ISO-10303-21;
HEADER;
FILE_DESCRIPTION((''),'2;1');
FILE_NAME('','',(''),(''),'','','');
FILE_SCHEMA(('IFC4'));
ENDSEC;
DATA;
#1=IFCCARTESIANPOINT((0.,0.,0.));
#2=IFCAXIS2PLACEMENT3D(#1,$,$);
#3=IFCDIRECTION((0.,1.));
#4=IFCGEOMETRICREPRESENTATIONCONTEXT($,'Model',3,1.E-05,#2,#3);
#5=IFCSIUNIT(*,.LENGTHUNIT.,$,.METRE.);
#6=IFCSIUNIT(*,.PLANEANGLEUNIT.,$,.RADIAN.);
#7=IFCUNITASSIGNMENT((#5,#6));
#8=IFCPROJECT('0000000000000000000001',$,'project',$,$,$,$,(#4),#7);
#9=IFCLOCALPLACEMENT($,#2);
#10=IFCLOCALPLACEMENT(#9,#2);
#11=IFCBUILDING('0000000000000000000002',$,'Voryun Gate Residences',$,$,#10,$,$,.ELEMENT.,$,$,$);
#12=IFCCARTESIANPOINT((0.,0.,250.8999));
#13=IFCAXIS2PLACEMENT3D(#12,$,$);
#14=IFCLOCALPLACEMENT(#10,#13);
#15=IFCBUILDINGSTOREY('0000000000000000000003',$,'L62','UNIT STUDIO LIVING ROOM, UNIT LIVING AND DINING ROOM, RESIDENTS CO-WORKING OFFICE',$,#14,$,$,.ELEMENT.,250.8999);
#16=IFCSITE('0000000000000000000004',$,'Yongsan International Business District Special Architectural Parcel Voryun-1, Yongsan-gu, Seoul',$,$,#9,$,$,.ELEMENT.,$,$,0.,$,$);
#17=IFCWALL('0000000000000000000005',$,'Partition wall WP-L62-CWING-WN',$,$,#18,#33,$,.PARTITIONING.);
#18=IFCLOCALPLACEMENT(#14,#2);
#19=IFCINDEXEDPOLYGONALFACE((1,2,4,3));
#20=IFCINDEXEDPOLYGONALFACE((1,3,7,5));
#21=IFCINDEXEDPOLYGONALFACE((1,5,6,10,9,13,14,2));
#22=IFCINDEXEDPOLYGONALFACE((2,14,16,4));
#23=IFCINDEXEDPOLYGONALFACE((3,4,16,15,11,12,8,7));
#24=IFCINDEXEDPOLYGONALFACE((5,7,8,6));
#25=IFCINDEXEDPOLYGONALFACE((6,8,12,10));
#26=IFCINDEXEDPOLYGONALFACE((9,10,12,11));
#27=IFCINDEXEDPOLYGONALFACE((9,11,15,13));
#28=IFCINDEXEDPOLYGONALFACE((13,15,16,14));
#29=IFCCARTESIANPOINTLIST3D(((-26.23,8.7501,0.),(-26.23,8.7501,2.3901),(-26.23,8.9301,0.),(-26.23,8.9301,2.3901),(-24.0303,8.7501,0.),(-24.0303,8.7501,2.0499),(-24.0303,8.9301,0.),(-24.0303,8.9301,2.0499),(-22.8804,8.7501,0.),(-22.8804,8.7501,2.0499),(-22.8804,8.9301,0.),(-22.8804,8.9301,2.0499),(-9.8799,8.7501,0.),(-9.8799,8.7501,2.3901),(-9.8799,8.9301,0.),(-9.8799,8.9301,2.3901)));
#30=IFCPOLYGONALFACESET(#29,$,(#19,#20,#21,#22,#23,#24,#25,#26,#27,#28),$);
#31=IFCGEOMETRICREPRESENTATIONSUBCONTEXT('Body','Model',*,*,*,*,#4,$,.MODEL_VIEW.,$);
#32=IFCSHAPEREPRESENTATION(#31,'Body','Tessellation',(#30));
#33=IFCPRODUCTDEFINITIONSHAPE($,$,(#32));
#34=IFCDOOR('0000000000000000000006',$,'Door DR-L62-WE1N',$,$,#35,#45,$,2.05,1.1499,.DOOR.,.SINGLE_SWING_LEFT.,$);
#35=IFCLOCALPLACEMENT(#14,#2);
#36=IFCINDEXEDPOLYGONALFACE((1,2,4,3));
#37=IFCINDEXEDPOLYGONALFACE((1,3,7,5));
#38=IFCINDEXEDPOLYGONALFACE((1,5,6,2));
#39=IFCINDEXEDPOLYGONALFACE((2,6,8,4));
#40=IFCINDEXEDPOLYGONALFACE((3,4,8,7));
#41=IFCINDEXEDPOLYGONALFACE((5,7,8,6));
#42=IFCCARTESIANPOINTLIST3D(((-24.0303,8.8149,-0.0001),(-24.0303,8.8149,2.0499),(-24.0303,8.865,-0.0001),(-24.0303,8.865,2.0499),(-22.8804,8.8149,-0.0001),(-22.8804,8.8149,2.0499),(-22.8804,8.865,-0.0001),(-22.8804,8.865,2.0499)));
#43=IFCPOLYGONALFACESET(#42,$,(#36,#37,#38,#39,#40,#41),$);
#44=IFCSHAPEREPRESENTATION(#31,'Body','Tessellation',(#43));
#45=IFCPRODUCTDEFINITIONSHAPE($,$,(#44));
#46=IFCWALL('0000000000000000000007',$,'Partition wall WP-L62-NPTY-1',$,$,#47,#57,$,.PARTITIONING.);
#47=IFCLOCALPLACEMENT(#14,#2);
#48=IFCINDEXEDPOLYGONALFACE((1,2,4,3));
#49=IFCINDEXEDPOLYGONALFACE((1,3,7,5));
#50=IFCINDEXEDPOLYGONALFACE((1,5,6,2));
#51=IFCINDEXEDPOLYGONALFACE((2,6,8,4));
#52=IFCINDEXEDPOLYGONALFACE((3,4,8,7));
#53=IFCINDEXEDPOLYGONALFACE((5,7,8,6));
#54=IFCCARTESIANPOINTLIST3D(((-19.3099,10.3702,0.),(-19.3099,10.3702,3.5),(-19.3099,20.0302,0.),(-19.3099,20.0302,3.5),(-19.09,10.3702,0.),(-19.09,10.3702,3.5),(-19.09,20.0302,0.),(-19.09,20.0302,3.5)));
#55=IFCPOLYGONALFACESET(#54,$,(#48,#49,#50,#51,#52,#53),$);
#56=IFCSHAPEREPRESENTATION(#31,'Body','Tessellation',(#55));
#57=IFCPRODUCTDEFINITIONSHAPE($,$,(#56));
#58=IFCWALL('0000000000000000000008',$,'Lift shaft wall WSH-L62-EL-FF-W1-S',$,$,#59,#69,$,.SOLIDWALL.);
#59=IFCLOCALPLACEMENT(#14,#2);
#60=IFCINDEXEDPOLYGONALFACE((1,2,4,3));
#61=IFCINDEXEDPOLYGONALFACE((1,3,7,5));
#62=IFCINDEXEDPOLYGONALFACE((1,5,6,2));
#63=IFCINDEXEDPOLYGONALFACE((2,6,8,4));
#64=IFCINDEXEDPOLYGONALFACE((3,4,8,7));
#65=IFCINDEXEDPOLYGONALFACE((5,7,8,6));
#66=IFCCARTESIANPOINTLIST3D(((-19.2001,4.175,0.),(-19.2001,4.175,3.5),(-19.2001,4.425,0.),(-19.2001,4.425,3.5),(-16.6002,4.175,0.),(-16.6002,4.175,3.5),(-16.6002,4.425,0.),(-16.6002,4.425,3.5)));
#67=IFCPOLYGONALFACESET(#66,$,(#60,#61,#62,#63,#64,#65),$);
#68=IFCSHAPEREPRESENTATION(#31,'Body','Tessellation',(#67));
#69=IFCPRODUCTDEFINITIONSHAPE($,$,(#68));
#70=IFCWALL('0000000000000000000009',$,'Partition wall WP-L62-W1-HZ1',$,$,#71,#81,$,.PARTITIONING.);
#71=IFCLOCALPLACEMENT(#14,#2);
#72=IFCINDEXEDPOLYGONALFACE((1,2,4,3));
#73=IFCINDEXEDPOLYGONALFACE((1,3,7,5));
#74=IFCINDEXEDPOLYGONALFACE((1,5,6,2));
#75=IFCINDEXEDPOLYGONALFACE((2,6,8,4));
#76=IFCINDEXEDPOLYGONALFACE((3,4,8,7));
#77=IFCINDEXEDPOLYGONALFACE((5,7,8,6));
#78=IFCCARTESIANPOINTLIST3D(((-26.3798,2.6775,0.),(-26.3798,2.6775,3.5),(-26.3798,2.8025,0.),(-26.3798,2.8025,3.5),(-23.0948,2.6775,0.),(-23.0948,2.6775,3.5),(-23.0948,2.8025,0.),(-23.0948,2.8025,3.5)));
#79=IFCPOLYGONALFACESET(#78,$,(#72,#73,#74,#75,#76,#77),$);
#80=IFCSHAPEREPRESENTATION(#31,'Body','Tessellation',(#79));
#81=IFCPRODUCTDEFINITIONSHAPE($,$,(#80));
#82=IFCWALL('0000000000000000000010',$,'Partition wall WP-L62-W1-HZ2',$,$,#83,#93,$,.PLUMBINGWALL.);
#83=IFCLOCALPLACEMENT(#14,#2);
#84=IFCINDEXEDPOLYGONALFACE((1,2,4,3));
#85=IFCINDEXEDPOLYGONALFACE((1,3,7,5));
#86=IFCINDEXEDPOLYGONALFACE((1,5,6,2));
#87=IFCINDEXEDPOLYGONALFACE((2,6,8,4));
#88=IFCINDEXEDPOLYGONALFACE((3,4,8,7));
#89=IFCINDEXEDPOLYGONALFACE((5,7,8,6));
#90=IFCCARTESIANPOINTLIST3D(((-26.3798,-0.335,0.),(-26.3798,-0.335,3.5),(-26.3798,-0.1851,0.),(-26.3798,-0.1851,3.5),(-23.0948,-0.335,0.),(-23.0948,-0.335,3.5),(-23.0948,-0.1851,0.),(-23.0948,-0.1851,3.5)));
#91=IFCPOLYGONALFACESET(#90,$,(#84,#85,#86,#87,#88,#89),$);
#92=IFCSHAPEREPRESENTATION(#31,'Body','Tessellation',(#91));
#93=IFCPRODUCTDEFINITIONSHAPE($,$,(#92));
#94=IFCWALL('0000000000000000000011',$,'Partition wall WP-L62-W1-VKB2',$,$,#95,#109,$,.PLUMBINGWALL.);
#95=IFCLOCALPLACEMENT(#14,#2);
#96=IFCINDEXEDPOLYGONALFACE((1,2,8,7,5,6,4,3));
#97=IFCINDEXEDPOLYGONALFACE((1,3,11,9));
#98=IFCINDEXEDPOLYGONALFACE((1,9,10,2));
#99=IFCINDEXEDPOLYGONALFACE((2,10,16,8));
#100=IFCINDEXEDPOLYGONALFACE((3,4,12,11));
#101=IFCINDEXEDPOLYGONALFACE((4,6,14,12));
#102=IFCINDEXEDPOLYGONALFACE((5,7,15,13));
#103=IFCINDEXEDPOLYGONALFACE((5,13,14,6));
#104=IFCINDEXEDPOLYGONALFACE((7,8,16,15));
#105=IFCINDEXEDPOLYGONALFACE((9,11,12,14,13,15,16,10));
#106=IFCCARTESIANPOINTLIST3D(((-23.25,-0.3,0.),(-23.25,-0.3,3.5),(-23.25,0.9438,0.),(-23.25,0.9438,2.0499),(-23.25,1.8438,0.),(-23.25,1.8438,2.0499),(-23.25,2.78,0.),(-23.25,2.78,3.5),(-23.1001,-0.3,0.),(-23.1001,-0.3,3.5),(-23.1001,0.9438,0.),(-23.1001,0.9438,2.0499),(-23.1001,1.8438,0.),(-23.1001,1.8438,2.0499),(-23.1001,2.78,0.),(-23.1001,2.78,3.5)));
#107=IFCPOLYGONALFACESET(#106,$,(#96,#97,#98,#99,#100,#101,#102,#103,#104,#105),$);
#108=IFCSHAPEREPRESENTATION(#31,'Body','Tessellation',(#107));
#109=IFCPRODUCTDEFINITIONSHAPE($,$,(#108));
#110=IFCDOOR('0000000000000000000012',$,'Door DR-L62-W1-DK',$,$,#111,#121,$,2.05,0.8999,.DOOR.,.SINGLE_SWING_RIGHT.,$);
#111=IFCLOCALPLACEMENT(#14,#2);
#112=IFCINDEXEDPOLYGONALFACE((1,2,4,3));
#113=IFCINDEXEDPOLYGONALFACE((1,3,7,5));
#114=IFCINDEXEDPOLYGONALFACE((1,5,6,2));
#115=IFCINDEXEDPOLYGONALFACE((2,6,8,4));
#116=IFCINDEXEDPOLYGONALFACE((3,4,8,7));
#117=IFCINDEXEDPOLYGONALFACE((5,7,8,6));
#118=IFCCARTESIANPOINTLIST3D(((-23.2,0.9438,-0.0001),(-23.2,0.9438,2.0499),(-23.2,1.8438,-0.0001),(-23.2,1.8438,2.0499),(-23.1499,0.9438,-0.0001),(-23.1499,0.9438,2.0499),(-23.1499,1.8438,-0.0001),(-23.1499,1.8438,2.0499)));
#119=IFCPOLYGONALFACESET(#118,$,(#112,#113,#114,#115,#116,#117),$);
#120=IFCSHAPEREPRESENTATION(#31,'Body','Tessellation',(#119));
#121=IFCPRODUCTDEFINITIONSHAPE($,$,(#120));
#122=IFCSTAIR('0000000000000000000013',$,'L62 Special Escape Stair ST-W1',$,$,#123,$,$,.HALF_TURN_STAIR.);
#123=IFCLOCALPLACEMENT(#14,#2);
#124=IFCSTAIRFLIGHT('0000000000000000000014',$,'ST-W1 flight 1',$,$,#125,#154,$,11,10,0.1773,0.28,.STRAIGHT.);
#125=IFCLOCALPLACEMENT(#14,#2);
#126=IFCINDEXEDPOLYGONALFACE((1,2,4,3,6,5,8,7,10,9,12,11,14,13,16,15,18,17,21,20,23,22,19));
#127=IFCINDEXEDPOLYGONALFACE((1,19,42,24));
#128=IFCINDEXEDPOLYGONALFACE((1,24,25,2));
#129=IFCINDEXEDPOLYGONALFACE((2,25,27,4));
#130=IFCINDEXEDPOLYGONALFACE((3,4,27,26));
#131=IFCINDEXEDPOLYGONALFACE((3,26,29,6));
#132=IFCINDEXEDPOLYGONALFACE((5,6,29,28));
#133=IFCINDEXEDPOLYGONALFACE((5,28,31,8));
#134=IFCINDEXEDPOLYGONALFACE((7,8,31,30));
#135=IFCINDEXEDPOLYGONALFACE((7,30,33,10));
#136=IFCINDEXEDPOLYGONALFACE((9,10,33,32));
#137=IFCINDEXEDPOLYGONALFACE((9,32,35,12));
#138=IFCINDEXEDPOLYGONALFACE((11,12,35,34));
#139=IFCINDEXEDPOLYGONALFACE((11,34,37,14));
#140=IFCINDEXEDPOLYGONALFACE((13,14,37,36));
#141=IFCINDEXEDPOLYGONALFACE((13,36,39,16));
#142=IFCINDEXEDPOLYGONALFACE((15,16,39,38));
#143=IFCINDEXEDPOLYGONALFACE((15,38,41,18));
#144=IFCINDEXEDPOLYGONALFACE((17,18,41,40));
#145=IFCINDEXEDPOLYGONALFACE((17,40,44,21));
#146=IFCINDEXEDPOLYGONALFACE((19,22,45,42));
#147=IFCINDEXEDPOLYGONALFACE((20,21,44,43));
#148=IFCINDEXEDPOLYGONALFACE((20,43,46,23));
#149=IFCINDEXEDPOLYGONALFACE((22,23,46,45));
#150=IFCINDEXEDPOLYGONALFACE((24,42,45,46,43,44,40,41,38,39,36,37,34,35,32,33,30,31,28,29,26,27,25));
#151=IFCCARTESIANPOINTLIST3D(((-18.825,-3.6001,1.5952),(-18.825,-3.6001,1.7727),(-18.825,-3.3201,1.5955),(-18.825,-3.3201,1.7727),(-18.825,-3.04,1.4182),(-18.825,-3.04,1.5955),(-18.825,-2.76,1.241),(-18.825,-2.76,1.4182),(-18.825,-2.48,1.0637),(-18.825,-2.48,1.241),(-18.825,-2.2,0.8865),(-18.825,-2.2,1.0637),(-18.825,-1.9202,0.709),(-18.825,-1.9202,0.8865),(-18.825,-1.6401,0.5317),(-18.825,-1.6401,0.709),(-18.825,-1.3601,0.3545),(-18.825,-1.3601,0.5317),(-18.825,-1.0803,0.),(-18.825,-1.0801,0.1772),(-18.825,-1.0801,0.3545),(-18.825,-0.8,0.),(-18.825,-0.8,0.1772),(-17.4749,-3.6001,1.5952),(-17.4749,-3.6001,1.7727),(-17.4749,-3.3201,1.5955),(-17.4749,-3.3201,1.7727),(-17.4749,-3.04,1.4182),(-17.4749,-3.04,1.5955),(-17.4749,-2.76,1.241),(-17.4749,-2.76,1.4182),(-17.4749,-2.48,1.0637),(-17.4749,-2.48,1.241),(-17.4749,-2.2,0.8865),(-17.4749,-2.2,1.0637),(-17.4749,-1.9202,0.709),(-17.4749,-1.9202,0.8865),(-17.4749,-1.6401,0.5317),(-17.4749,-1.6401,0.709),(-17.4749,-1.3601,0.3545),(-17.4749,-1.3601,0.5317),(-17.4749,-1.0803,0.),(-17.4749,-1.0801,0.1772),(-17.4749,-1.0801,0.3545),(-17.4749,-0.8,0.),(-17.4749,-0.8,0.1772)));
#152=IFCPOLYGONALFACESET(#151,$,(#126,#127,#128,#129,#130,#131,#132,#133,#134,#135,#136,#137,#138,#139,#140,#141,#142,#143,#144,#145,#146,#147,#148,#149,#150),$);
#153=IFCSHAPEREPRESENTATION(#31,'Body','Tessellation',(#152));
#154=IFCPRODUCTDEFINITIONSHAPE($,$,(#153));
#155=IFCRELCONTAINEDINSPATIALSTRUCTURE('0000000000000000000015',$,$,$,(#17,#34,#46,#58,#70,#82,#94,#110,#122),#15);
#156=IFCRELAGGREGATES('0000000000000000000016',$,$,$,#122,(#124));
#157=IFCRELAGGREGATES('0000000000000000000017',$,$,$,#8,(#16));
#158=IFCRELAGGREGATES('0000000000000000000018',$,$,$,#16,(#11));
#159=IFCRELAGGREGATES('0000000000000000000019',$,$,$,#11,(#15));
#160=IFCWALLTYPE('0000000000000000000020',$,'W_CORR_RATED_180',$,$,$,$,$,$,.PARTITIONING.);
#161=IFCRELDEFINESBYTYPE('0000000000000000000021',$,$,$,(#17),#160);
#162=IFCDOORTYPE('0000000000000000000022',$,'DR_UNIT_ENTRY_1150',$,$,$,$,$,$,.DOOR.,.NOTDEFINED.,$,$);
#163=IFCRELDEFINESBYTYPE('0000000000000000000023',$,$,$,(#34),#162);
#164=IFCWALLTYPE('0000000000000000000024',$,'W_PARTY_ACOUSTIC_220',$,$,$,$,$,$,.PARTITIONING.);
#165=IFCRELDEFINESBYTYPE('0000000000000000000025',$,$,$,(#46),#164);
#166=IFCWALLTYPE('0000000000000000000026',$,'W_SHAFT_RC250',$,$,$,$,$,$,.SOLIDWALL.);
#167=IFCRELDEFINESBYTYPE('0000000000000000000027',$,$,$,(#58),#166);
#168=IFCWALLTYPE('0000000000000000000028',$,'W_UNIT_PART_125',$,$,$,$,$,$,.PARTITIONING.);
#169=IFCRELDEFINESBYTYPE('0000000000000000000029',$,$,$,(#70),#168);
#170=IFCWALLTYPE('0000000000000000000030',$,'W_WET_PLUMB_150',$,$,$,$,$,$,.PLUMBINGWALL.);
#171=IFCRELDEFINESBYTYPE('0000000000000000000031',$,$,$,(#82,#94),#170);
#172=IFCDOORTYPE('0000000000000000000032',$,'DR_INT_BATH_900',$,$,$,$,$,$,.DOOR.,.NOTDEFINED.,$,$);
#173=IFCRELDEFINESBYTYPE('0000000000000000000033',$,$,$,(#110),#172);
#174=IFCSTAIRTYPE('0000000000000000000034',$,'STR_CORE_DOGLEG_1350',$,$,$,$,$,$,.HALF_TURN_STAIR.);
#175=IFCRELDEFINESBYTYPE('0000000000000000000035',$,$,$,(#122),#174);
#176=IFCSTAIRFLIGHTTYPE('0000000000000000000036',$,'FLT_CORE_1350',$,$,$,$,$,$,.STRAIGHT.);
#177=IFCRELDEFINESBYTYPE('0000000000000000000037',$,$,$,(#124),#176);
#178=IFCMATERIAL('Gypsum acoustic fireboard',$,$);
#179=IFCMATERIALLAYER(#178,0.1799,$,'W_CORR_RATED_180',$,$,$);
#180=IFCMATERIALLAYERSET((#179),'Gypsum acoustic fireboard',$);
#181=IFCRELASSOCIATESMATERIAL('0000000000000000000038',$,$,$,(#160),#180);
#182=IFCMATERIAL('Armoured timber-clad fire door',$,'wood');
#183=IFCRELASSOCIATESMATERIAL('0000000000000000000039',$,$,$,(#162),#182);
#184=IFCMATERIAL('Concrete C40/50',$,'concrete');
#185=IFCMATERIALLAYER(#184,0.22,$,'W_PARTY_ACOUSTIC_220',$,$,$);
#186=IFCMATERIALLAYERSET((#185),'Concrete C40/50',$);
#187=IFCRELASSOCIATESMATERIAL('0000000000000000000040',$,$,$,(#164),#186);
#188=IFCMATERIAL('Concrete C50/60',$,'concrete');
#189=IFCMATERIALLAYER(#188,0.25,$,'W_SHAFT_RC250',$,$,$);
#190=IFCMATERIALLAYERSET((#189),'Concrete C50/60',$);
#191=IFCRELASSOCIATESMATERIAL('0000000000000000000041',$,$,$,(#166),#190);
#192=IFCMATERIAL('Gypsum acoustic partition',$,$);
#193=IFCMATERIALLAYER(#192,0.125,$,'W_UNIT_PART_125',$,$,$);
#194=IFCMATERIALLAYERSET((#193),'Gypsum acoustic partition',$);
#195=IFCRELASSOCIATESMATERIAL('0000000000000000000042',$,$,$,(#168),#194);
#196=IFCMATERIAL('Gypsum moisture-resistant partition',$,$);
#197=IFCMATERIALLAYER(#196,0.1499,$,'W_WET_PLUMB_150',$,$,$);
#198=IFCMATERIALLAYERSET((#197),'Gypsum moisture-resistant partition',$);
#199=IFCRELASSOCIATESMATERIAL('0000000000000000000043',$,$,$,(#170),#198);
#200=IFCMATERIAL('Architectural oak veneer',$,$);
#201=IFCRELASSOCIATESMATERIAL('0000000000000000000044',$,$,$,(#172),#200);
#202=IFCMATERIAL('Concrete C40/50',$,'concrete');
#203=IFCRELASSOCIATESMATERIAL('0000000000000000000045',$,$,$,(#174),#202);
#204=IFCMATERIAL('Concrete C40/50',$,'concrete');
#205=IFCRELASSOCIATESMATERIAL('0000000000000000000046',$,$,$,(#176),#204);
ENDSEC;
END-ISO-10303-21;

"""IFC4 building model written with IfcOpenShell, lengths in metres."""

from ifc_helpers import new_model, si_unit, direction, frame, frame_2d, origin, place, context, subcontext, project, spatial, polyline, rectangle, outline, extrude, material, layer, layer_set, type_object, element, fill, aggregate, save


model = new_model("IFC4")

# Units and contexts
model_context = context("Model", 3, precision=1e-05, world=origin(), true_north=direction((0.0, 1.0)))
body_context = subcontext(model_context, "Body", "Model", "MODEL_VIEW")
ifc_project = project(units=[si_unit("LENGTHUNIT", "METRE"), si_unit("PLANEANGLEUNIT", "RADIAN")], contexts=[model_context])

# Site, building, storey
site_placement = place(None, origin())
site = spatial("IfcSite", under=ifc_project, at=site_placement, Name="Yongsan International Business District Special Architectural Parcel Voryun-1, Yongsan-gu, Seoul", CompositionType="ELEMENT", RefElevation=0.0)
building_placement = place(site_placement, origin())
building = spatial("IfcBuilding", under=site, at=building_placement, Name="Voryun Gate Residences", CompositionType="ELEMENT")
storey_placement = place(building_placement, frame((0.0, 0.0, 250.8999)))
storey = spatial("IfcBuildingStorey", under=building, at=storey_placement, Name="L62", Description="UNIT STUDIO LIVING ROOM, UNIT LIVING AND DINING ROOM, RESIDENTS CO-WORKING OFFICE", CompositionType="ELEMENT", Elevation=250.8999)

# Wall, opening, door
ifc_material_1 = material(Name="Gypsum acoustic fireboard")
ifc_layer_1 = layer(ifc_material_1, 0.1799, Name="W_CORR_RATED_180")
ifc_layer_set_1 = layer_set([ifc_layer_1], Name="Gypsum acoustic fireboard")
wall_type_1 = type_object("IfcWallType", Name="W_CORR_RATED_180", PredefinedType="PARTITIONING", material=ifc_layer_set_1)
wall_1_placement = place(storey_placement, frame((-26.23, 8.8401, 0.0), z_axis=(0.0, 0.0, 1.0), x_axis=(1.0, 0.0, 0.0)))
wall_1 = element("IfcWall", 1, at=wall_1_placement, inside=storey, type_object=wall_type_1, Name="Partition wall WP-L62-CWING-WN", PredefinedType="PARTITIONING", context=body_context, shape_type="SweptSolid", body=[
    extrude(rectangle(XDim=16.3501, YDim=0.1799, at=frame_2d((8.175, 0.0))), origin(), (0.0, 0.0, 1.0), 2.3901),
])
opening_1_placement = place(wall_1_placement, frame((2.1997, 0.0, 0.0)))
opening_1 = element("IfcOpeningElement", 2, at=opening_1_placement, cuts=wall_1, PredefinedType="OPENING", context=body_context, shape_type="SweptSolid", body=[
    extrude(rectangle(XDim=1.1499, YDim=2.05, at=frame_2d((0.575, 1.0249))), frame((0.0, 0.0999, 0.0), z_axis=(0.0, -1.0, 0.0), x_axis=(1.0, 0.0, 0.0)), (0.0, 0.0, 1.0), 0.2),
])
ifc_material_2 = material(Name="Armoured timber-clad fire door", Category="wood")
door_type_1 = type_object("IfcDoorType", Name="DR_UNIT_ENTRY_1150", OperationType="NOTDEFINED", PredefinedType="DOOR", material=ifc_material_2)
door_1_placement = place(opening_1_placement, origin())
door_1 = element("IfcDoor", 3, at=door_1_placement, inside=storey, type_object=door_type_1, Name="Door DR-L62-WE1N", OperationType="SINGLE_SWING_LEFT", OverallHeight=2.05, OverallWidth=1.1499, PredefinedType="DOOR", context=body_context, shape_type="SweptSolid", body=[
    extrude(rectangle(XDim=1.1499, YDim=2.05, at=frame_2d((0.575, 1.0249))), frame((0.0, 0.0249, 0.0), z_axis=(0.0, -1.0, 0.0), x_axis=(1.0, 0.0, 0.0)), (0.0, 0.0, 1.0), 0.05),
])
fill(opening_1, door_1)

# Walls
ifc_material_3 = material(Name="Concrete C40/50", Category="concrete")
ifc_layer_2 = layer(ifc_material_3, 0.22, Name="W_PARTY_ACOUSTIC_220")
ifc_layer_set_2 = layer_set([ifc_layer_2], Name="Concrete C40/50")
wall_type_2 = type_object("IfcWallType", Name="W_PARTY_ACOUSTIC_220", PredefinedType="PARTITIONING", material=ifc_layer_set_2)
wall_2_placement = place(storey_placement, frame((-19.2, 10.3701, 0.0), z_axis=(0.0, 0.0, 1.0), x_axis=(0.0, 1.0, 0.0)))
element("IfcWall", 4, at=wall_2_placement, inside=storey, type_object=wall_type_2, Name="Partition wall WP-L62-NPTY-1", PredefinedType="PARTITIONING", context=body_context, shape_type="SweptSolid", body=[
    extrude(rectangle(XDim=9.6599, YDim=0.22, at=frame_2d((4.8301, 0.0))), origin(), (0.0, 0.0, 1.0), 3.5),
])
ifc_material_4 = material(Name="Concrete C50/60", Category="concrete")
ifc_layer_3 = layer(ifc_material_4, 0.25, Name="W_SHAFT_RC250")
ifc_layer_set_3 = layer_set([ifc_layer_3], Name="Concrete C50/60")
wall_type_3 = type_object("IfcWallType", Name="W_SHAFT_RC250", PredefinedType="SOLIDWALL", material=ifc_layer_set_3)
wall_3_placement = place(storey_placement, frame((-19.2, 4.3, 0.0), z_axis=(0.0, 0.0, 1.0), x_axis=(1.0, 0.0, 0.0)))
element("IfcWall", 5, at=wall_3_placement, inside=storey, type_object=wall_type_3, Name="Lift shaft wall WSH-L62-EL-FF-W1-S", PredefinedType="SOLIDWALL", context=body_context, shape_type="SweptSolid", body=[
    extrude(rectangle(XDim=2.5999, YDim=0.25, at=frame_2d((1.2998, 0.0))), origin(), (0.0, 0.0, 1.0), 3.5),
])
ifc_material_5 = material(Name="Gypsum acoustic partition")
ifc_layer_4 = layer(ifc_material_5, 0.125, Name="W_UNIT_PART_125")
ifc_layer_set_4 = layer_set([ifc_layer_4], Name="Gypsum acoustic partition")
wall_type_4 = type_object("IfcWallType", Name="W_UNIT_PART_125", PredefinedType="PARTITIONING", material=ifc_layer_set_4)
wall_4_placement = place(storey_placement, frame((-26.3799, 2.74, 0.0), z_axis=(0.0, 0.0, 1.0), x_axis=(1.0, 0.0, 0.0)))
element("IfcWall", 6, at=wall_4_placement, inside=storey, type_object=wall_type_4, Name="Partition wall WP-L62-W1-HZ1", PredefinedType="PARTITIONING", context=body_context, shape_type="SweptSolid", body=[
    extrude(rectangle(XDim=3.2849, YDim=0.125, at=frame_2d((1.6426, 0.0))), origin(), (0.0, 0.0, 1.0), 3.5),
])
ifc_material_6 = material(Name="Gypsum moisture-resistant partition")
ifc_layer_5 = layer(ifc_material_6, 0.1499, Name="W_WET_PLUMB_150")
ifc_layer_set_5 = layer_set([ifc_layer_5], Name="Gypsum moisture-resistant partition")
wall_type_5 = type_object("IfcWallType", Name="W_WET_PLUMB_150", PredefinedType="PLUMBINGWALL", material=ifc_layer_set_5)
wall_5_placement = place(storey_placement, frame((-26.3799, -0.26, 0.0), z_axis=(0.0, 0.0, 1.0), x_axis=(1.0, 0.0, 0.0)))
element("IfcWall", 7, at=wall_5_placement, inside=storey, type_object=wall_type_5, Name="Partition wall WP-L62-W1-HZ2", PredefinedType="PLUMBINGWALL", context=body_context, shape_type="SweptSolid", body=[
    extrude(rectangle(XDim=3.2849, YDim=0.1499, at=frame_2d((1.6426, 0.0))), origin(), (0.0, 0.0, 1.0), 3.5),
])

# Wall, opening, door
wall_6_placement = place(storey_placement, frame((-23.175, -0.3, 0.0), z_axis=(0.0, 0.0, 1.0), x_axis=(0.0, 1.0, 0.0)))
wall_6 = element("IfcWall", 8, at=wall_6_placement, inside=storey, type_object=wall_type_5, Name="Partition wall WP-L62-W1-VKB2", PredefinedType="PLUMBINGWALL", context=body_context, shape_type="SweptSolid", body=[
    extrude(rectangle(XDim=3.0801, YDim=0.1499, at=frame_2d((1.54, 0.0))), origin(), (0.0, 0.0, 1.0), 3.5),
])
opening_2_placement = place(wall_6_placement, frame((1.2439, 0.0, 0.0)))
opening_2 = element("IfcOpeningElement", 9, at=opening_2_placement, cuts=wall_6, PredefinedType="OPENING", context=body_context, shape_type="SweptSolid", body=[
    extrude(rectangle(XDim=0.8999, YDim=2.05, at=frame_2d((0.45, 1.0249))), frame((0.0, 0.085, 0.0), z_axis=(0.0, -1.0, 0.0), x_axis=(1.0, 0.0, 0.0)), (0.0, 0.0, 1.0), 0.1699),
])
ifc_material_7 = material(Name="Architectural oak veneer")
door_type_2 = type_object("IfcDoorType", Name="DR_INT_BATH_900", OperationType="NOTDEFINED", PredefinedType="DOOR", material=ifc_material_7)
door_2_placement = place(opening_2_placement, origin())
door_2 = element("IfcDoor", 10, at=door_2_placement, inside=storey, type_object=door_type_2, Name="Door DR-L62-W1-DK", OperationType="SINGLE_SWING_RIGHT", OverallHeight=2.05, OverallWidth=0.8999, PredefinedType="DOOR", context=body_context, shape_type="SweptSolid", body=[
    extrude(rectangle(XDim=0.8999, YDim=2.05, at=frame_2d((0.45, 1.0249))), frame((0.0, 0.0249, 0.0), z_axis=(0.0, -1.0, 0.0), x_axis=(1.0, 0.0, 0.0)), (0.0, 0.0, 1.0), 0.05),
])
fill(opening_2, door_2)

# Stair, stair flight
ifc_material_8 = material(Name="Concrete C40/50", Category="concrete")
stair_type = type_object("IfcStairType", Name="STR_CORE_DOGLEG_1350", PredefinedType="HALF_TURN_STAIR", material=ifc_material_8)
stair_placement = place(storey_placement, origin())
stair = element("IfcStair", 11, at=stair_placement, inside=storey, type_object=stair_type, Name="L62 Special Escape Stair ST-W1", PredefinedType="HALF_TURN_STAIR")
ifc_material_9 = material(Name="Concrete C40/50", Category="concrete")
stair_flight_type = type_object("IfcStairFlightType", Name="FLT_CORE_1350", PredefinedType="STRAIGHT", material=ifc_material_9)
stair_flight_placement = place(storey_placement, frame((-18.1499, -0.8, 0.0), z_axis=(0.0, 0.0, 1.0), x_axis=(0.0, -1.0, 0.0)))
stair_flight = element("IfcStairFlight", 12, at=stair_flight_placement, type_object=stair_flight_type, Name="ST-W1 flight 1", NumberOfRisers=11, NumberOfTreads=10, PredefinedType="STRAIGHT", RiserHeight=0.1773, TreadLength=0.28, context=body_context, shape_type="SweptSolid", body=[
    extrude(outline(polyline([(0.0, 0.0), (0.0, 0.1772), (0.28, 0.1772), (0.28, 0.3545), (0.5601, 0.3545), (0.5601, 0.5317), (0.8401, 0.5317), (0.8401, 0.709), (1.1201, 0.709), (1.1201, 0.8865), (1.3999, 0.8865), (1.3999, 1.0637), (1.6799, 1.0637), (1.6799, 1.241), (1.96, 1.241), (1.96, 1.4182), (2.24, 1.4182), (2.24, 1.5955), (2.52, 1.5955), (2.52, 1.7727), (2.8, 1.7727), (2.8, 1.95), (2.8, 1.5952), (0.2803, 0.0), (0.0, 0.0)])), frame((0.0, 0.675, 0.0), z_axis=(0.0, -1.0, 0.0), x_axis=(1.0, 0.0, 0.0)), (0.0, 0.0, 1.0), 1.3501),
])
aggregate(stair, [stair_flight])

save(model, "model.ifc")
